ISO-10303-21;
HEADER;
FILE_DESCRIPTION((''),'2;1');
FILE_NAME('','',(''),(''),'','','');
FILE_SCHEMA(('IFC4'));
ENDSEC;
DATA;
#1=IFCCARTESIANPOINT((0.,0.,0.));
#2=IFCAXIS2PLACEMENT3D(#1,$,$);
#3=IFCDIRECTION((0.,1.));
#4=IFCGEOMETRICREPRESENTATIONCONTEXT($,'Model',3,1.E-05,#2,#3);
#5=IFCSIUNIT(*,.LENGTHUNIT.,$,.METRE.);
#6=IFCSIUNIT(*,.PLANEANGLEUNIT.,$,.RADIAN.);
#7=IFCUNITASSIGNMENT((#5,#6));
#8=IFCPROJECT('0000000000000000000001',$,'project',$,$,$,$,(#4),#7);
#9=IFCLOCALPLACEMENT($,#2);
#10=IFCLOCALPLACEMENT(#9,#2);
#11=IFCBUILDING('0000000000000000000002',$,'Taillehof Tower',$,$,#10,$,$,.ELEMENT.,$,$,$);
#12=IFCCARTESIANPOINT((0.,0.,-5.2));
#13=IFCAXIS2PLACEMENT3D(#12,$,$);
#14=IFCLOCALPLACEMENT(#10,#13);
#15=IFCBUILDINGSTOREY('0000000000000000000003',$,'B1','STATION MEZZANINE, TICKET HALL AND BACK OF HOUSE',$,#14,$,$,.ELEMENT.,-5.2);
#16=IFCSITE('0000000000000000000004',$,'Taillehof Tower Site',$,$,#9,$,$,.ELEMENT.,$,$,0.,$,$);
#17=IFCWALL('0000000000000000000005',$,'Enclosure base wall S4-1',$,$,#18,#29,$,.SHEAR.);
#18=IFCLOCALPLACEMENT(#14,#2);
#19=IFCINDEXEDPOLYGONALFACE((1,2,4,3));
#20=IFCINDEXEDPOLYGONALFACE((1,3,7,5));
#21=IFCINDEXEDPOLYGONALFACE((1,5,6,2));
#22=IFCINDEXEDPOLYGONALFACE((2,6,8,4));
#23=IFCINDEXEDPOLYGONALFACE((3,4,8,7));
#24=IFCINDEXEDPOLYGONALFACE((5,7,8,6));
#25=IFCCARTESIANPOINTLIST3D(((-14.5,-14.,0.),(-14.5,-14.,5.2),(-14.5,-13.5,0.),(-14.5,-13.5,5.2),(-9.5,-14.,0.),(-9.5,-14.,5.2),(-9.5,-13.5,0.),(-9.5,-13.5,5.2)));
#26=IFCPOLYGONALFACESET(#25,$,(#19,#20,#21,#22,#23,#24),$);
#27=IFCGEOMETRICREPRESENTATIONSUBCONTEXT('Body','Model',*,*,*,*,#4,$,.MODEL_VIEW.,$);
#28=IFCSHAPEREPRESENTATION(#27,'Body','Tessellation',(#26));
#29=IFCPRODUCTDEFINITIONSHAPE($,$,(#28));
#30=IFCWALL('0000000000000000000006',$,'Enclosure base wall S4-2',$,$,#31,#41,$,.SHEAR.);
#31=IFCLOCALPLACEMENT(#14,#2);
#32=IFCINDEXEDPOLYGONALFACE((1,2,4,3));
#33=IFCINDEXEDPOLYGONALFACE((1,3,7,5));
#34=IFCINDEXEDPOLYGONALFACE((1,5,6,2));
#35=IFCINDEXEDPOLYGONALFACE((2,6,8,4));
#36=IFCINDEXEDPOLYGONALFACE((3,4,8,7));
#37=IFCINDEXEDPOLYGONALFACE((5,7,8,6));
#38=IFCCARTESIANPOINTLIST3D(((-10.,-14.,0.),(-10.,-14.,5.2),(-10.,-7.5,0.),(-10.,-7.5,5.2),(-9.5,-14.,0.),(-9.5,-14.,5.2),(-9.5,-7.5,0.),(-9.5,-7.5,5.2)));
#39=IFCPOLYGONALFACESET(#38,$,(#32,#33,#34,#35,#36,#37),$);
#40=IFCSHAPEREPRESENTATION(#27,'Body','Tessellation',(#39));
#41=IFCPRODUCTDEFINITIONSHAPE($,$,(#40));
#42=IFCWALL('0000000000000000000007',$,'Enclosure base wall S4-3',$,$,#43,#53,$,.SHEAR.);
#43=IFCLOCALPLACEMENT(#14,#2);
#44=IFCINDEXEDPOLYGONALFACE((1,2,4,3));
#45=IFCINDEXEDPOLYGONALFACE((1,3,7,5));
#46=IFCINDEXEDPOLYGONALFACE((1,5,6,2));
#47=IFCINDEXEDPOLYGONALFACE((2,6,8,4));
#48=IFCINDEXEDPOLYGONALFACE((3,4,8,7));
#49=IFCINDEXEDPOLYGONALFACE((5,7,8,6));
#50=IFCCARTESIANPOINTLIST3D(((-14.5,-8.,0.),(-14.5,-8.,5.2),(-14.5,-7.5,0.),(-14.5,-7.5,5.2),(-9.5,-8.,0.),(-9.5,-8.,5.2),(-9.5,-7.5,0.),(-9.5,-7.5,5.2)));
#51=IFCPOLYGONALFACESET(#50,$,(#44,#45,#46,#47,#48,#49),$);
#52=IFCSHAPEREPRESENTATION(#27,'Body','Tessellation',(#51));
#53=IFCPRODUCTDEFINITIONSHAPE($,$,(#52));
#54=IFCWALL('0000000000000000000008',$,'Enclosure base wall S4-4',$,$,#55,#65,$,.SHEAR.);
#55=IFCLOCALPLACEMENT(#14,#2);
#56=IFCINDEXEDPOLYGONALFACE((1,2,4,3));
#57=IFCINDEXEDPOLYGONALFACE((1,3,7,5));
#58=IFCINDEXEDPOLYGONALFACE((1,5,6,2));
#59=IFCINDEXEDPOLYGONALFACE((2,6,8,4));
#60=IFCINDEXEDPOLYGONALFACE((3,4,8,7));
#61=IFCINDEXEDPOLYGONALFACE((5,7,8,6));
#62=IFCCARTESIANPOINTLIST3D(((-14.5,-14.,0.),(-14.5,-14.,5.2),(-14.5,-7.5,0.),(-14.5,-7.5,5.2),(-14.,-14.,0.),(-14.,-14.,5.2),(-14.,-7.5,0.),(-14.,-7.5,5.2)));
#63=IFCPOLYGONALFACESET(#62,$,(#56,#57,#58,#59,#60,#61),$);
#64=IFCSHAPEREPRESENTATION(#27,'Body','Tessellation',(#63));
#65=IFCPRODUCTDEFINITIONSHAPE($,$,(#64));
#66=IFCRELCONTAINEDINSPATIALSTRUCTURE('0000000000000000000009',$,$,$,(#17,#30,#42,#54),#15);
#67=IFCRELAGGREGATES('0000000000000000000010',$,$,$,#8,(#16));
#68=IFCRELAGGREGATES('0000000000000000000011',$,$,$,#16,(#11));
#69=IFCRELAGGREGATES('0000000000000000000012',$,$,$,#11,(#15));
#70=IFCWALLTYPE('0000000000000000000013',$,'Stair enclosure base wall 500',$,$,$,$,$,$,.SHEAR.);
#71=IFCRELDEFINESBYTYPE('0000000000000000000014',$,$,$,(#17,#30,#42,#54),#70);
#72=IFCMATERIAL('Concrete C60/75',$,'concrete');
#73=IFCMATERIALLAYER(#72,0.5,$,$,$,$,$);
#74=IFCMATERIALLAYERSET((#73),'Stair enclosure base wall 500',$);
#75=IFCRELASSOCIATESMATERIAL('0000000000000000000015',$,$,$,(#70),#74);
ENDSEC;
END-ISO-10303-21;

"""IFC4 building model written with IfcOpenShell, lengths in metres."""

from ifc_helpers import new_model, si_unit, direction, frame, frame_2d, origin, place, context, subcontext, project, spatial, rectangle, extrude, material, layer, layer_set, type_object, element, save


model = new_model("IFC4")

# Units and contexts
model_context = context("Model", 3, precision=1e-05, world=origin(), true_north=direction((0.0, 1.0)))
body_context = subcontext(model_context, "Body", "Model", "MODEL_VIEW")
ifc_project = project(units=[si_unit("LENGTHUNIT", "METRE"), si_unit("PLANEANGLEUNIT", "RADIAN")], contexts=[model_context])

# Site, building, storey
site_placement = place(None, origin())
site = spatial("IfcSite", under=ifc_project, at=site_placement, Name="Taillehof Tower Site", CompositionType="ELEMENT", RefElevation=0.0)
building_placement = place(site_placement, origin())
building = spatial("IfcBuilding", under=site, at=building_placement, Name="Taillehof Tower", CompositionType="ELEMENT")
storey_placement = place(building_placement, frame((0.0, 0.0, -5.2)))
storey = spatial("IfcBuildingStorey", under=building, at=storey_placement, Name="B1", Description="STATION MEZZANINE, TICKET HALL AND BACK OF HOUSE", CompositionType="ELEMENT", Elevation=-5.2)

# Walls
ifc_material_1 = material(Name="Concrete C60/75", Category="concrete")
ifc_layer_1 = layer(ifc_material_1, 0.5)
ifc_layer_set_1 = layer_set([ifc_layer_1], Name="Stair enclosure base wall 500")
wall_type_1 = type_object("IfcWallType", Name="Stair enclosure base wall 500", PredefinedType="SHEAR", material=ifc_layer_set_1)
wall_1_placement = place(storey_placement, frame((-14.5, -13.75, 0.0), z_axis=(0.0, 0.0, 1.0), x_axis=(1.0, 0.0, 0.0)))
element("IfcWall", 1, at=wall_1_placement, inside=storey, type_object=wall_type_1, Name="Enclosure base wall S4-1", PredefinedType="SHEAR", context=body_context, shape_type="SweptSolid", body=[
    extrude(rectangle(XDim=5.0, YDim=0.5, at=frame_2d((2.5, 0.0))), origin(), (0.0, 0.0, 1.0), 5.2),
])
wall_2_placement = place(storey_placement, frame((-9.75, -14.0, 0.0), z_axis=(0.0, 0.0, 1.0), x_axis=(0.0, 1.0, 0.0)))
element("IfcWall", 2, at=wall_2_placement, inside=storey, type_object=wall_type_1, Name="Enclosure base wall S4-2", PredefinedType="SHEAR", context=body_context, shape_type="SweptSolid", body=[
    extrude(rectangle(XDim=6.5, YDim=0.5, at=frame_2d((3.25, 0.0))), origin(), (0.0, 0.0, 1.0), 5.2),
])
wall_3_placement = place(storey_placement, frame((-9.5, -7.75, 0.0), z_axis=(0.0, 0.0, 1.0), x_axis=(-1.0, 0.0, 0.0)))
element("IfcWall", 3, at=wall_3_placement, inside=storey, type_object=wall_type_1, Name="Enclosure base wall S4-3", PredefinedType="SHEAR", context=body_context, shape_type="SweptSolid", body=[
    extrude(rectangle(XDim=5.0, YDim=0.5, at=frame_2d((2.5, 0.0))), origin(), (0.0, 0.0, 1.0), 5.2),
])
wall_4_placement = place(storey_placement, frame((-14.25, -7.5, 0.0), z_axis=(0.0, 0.0, 1.0), x_axis=(0.0, -1.0, 0.0)))
element("IfcWall", 4, at=wall_4_placement, inside=storey, type_object=wall_type_1, Name="Enclosure base wall S4-4", PredefinedType="SHEAR", context=body_context, shape_type="SweptSolid", body=[
    extrude(rectangle(XDim=6.5, YDim=0.5, at=frame_2d((3.25, 0.0))), origin(), (0.0, 0.0, 1.0), 5.2),
])

save(model, "model.ifc")
